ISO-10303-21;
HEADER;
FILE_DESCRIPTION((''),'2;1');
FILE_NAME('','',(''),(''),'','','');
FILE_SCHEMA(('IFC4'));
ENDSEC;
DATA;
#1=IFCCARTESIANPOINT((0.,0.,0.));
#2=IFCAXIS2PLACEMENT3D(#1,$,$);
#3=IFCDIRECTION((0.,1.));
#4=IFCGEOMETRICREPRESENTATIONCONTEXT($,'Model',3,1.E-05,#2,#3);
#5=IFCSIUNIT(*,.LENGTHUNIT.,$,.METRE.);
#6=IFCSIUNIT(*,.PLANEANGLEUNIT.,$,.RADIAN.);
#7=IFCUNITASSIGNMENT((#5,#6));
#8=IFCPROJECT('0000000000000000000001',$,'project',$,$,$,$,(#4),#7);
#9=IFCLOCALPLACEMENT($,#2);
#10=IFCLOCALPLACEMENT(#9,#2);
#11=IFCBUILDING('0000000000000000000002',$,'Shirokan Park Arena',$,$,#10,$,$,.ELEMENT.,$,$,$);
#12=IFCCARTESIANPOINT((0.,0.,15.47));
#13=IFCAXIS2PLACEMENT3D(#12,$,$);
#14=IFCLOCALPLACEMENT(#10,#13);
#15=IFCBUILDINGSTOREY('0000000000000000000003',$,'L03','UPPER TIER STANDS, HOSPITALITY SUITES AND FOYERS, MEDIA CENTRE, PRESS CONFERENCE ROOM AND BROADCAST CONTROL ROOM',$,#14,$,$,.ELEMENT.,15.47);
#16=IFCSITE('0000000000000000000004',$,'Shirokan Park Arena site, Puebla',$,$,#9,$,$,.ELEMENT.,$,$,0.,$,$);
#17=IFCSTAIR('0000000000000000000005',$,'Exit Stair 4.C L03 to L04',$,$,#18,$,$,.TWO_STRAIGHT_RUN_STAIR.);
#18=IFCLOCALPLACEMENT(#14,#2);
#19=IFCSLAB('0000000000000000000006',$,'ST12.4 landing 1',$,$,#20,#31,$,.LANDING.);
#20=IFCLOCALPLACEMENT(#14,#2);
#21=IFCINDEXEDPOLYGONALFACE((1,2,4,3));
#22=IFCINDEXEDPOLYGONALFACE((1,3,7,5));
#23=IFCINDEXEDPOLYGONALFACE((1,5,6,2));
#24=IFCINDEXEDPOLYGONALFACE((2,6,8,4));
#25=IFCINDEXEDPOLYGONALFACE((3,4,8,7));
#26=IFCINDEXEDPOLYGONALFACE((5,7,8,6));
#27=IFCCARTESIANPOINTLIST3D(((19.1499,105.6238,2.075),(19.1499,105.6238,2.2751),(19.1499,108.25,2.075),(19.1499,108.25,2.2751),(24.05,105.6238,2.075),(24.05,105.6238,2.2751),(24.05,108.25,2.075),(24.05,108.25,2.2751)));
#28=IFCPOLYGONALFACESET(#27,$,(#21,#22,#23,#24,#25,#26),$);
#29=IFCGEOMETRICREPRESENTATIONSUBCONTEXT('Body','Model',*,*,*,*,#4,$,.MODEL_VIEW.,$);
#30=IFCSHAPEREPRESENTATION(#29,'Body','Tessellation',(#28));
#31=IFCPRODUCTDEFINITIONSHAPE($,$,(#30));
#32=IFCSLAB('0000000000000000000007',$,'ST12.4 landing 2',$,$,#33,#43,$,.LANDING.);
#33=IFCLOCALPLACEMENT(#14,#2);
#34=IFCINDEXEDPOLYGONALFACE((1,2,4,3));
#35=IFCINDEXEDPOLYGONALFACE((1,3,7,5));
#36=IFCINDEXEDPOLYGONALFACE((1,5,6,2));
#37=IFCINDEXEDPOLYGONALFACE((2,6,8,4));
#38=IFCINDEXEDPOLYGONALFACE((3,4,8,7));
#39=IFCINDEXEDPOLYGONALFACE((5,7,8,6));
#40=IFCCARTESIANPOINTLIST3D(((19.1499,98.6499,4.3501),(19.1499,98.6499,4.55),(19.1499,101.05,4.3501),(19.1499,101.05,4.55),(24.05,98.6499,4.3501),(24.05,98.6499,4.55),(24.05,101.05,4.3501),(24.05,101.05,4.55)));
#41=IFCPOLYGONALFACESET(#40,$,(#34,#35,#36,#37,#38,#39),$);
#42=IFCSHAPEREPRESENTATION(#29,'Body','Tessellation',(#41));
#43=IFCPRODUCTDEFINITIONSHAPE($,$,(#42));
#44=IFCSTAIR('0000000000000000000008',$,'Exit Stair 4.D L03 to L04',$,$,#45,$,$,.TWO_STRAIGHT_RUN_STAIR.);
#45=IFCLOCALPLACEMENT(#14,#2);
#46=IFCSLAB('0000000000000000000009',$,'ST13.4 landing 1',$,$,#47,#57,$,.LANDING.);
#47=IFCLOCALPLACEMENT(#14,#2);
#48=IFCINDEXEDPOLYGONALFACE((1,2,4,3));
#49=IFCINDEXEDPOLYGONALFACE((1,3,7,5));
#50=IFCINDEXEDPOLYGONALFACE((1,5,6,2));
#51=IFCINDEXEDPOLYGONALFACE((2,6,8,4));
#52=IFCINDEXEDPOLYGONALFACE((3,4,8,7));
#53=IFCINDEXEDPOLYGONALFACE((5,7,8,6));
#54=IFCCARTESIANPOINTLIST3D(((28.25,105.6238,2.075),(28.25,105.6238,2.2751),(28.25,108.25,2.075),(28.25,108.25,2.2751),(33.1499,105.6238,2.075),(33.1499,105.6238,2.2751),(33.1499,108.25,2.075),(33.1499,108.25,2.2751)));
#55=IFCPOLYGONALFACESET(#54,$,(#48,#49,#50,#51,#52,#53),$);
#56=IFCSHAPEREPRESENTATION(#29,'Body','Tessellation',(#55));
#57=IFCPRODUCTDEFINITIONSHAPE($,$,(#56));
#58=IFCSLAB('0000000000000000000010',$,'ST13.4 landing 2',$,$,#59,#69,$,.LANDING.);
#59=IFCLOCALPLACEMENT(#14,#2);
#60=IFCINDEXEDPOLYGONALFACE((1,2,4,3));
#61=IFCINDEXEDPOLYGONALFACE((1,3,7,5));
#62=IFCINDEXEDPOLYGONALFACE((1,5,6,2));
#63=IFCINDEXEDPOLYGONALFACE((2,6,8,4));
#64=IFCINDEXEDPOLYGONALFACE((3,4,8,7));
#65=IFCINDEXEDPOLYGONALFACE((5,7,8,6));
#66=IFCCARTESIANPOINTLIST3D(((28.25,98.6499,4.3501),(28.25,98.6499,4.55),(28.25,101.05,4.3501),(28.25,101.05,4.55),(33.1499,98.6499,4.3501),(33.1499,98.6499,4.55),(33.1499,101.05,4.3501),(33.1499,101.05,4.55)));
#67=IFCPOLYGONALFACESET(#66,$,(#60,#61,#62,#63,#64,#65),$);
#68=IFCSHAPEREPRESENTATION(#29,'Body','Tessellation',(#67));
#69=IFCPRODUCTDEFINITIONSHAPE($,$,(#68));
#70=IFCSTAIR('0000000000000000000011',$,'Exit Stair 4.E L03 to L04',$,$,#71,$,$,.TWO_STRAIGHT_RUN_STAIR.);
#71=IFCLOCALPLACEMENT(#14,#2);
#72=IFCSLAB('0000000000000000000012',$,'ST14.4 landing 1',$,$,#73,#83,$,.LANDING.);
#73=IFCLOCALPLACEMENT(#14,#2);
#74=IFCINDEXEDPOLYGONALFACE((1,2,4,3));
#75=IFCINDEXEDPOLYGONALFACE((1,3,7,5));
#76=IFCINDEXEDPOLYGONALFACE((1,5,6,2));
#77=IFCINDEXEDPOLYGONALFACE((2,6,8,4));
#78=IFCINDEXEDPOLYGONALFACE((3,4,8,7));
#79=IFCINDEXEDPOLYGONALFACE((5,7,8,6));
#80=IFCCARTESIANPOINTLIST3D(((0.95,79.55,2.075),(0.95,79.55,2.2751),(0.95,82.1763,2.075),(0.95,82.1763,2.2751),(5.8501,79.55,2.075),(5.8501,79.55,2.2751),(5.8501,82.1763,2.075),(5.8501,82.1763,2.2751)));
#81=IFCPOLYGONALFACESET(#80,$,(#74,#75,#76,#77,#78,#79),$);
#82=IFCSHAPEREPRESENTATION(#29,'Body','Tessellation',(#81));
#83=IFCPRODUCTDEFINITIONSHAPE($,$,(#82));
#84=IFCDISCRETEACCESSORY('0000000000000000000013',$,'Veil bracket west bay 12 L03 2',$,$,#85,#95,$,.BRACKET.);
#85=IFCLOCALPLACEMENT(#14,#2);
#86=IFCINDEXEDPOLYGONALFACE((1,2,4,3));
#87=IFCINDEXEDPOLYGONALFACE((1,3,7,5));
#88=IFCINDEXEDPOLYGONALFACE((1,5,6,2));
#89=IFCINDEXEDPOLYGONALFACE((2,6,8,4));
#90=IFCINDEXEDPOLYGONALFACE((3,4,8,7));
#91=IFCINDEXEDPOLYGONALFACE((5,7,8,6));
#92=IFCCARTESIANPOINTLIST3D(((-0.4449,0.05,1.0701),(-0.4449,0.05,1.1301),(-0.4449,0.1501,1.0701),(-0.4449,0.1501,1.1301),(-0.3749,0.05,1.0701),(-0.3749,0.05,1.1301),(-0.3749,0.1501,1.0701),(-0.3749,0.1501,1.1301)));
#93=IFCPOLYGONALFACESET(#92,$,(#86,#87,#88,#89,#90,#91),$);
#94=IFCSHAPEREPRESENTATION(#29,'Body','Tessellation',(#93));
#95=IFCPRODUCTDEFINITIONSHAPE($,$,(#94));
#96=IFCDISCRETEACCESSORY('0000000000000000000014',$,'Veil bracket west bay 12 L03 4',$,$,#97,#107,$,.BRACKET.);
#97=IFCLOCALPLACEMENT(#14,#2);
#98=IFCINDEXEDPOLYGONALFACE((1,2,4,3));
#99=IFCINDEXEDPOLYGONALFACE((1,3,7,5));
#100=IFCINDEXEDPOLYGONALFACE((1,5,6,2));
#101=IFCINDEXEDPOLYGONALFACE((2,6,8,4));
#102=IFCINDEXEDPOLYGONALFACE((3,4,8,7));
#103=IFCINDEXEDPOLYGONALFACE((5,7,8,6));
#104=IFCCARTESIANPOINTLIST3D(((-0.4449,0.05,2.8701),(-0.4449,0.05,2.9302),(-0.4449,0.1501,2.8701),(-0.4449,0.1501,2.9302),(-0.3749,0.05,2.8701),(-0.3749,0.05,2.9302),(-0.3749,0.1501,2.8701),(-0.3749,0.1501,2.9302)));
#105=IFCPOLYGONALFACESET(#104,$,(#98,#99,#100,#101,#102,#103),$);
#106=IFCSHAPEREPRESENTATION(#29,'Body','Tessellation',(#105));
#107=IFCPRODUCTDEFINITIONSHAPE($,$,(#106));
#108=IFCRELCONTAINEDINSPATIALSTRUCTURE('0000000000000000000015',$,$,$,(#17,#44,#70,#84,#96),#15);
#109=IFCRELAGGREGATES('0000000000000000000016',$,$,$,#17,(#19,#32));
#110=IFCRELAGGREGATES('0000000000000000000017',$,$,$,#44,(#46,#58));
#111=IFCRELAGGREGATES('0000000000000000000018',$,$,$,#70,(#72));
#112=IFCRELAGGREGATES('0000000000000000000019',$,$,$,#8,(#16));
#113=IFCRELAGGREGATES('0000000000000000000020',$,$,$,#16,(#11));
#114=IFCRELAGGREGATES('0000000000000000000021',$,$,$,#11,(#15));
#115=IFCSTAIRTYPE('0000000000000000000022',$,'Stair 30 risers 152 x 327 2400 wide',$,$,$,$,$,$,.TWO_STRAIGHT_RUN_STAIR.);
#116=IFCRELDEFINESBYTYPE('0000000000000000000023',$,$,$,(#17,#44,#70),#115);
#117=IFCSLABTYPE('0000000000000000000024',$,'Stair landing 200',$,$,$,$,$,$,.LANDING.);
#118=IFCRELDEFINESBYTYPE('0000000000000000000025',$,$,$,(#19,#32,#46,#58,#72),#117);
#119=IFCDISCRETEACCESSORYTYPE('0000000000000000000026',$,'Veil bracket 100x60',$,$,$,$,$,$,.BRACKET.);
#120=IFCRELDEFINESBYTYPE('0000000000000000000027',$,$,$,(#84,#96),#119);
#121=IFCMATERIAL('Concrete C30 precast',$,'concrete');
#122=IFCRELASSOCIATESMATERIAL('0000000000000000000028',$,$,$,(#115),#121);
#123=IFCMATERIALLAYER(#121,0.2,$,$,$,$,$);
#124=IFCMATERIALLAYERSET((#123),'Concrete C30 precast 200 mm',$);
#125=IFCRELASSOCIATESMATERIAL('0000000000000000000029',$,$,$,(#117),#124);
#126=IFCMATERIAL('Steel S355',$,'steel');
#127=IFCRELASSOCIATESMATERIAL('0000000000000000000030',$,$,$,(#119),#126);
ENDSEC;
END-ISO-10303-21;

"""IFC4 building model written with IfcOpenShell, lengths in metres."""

from ifc_helpers import new_model, si_unit, direction, frame, origin, origin_2d, place, context, subcontext, project, spatial, polyline, rectangle, outline, extrude, material, layer, layer_set, type_object, element, aggregate, save


model = new_model("IFC4")

# Units and contexts
model_context = context("Model", 3, precision=1e-05, world=origin(), true_north=direction((0.0, 1.0)))
body_context = subcontext(model_context, "Body", "Model", "MODEL_VIEW")
ifc_project = project(units=[si_unit("LENGTHUNIT", "METRE"), si_unit("PLANEANGLEUNIT", "RADIAN")], contexts=[model_context])

# Site, building, storey
site_placement = place(None, origin())
site = spatial("IfcSite", under=ifc_project, at=site_placement, Name="Shirokan Park Arena site, Puebla", CompositionType="ELEMENT", RefElevation=0.0)
building_placement = place(site_placement, origin())
building = spatial("IfcBuilding", under=site, at=building_placement, Name="Shirokan Park Arena", CompositionType="ELEMENT")
storey_placement = place(building_placement, frame((0.0, 0.0, 15.47)))
storey = spatial("IfcBuildingStorey", under=building, at=storey_placement, Name="L03", Description="UPPER TIER STANDS, HOSPITALITY SUITES AND FOYERS, MEDIA CENTRE, PRESS CONFERENCE ROOM AND BROADCAST CONTROL ROOM", CompositionType="ELEMENT", Elevation=15.47)

# Shared definitions
ifc_material_1 = material(Name="Concrete C30 precast", Category="concrete")
stair_type = type_object("IfcStairType", Name="Stair 30 risers 152 x 327 2400 wide", PredefinedType="TWO_STRAIGHT_RUN_STAIR", material=ifc_material_1)
ifc_layer = layer(ifc_material_1, 0.2)
ifc_layer_set = layer_set([ifc_layer], Name="Concrete C30 precast 200 mm")
slab_type = type_object("IfcSlabType", Name="Stair landing 200", PredefinedType="LANDING", material=ifc_layer_set)

# Stairs, slabs
stair_1_placement = place(storey_placement, origin())
stair_1 = element("IfcStair", 1, at=stair_1_placement, inside=storey, type_object=stair_type, Name="Exit Stair 4.C L03 to L04", PredefinedType="TWO_STRAIGHT_RUN_STAIR")
slab_1_placement = place(storey_placement, frame((0.0, 0.0, 2.075)))
slab_1 = element("IfcSlab", 2, at=slab_1_placement, type_object=slab_type, Name="ST12.4 landing 1", PredefinedType="LANDING", context=body_context, shape_type="SweptSolid", body=[
    extrude(outline(polyline([(19.1499, 105.6238), (24.05, 105.6238), (24.05, 108.25), (19.1499, 108.25), (19.1499, 105.6238)])), origin(), (0.0, 0.0, 1.0), 0.2002),
])
slab_2_placement = place(storey_placement, frame((0.0, 0.0, 4.3501)))
slab_2 = element("IfcSlab", 3, at=slab_2_placement, type_object=slab_type, Name="ST12.4 landing 2", PredefinedType="LANDING", context=body_context, shape_type="SweptSolid", body=[
    extrude(outline(polyline([(19.1499, 98.6499), (24.05, 98.6499), (24.05, 101.05), (19.1499, 101.05), (19.1499, 98.6499)])), origin(), (0.0, 0.0, 1.0), 0.2),
])
aggregate(stair_1, [slab_1, slab_2])
stair_2_placement = place(storey_placement, origin())
stair_2 = element("IfcStair", 4, at=stair_2_placement, inside=storey, type_object=stair_type, Name="Exit Stair 4.D L03 to L04", PredefinedType="TWO_STRAIGHT_RUN_STAIR")
slab_3_placement = place(storey_placement, frame((0.0, 0.0, 2.075)))
slab_3 = element("IfcSlab", 5, at=slab_3_placement, type_object=slab_type, Name="ST13.4 landing 1", PredefinedType="LANDING", context=body_context, shape_type="SweptSolid", body=[
    extrude(outline(polyline([(28.25, 105.6238), (33.1499, 105.6238), (33.1499, 108.25), (28.25, 108.25), (28.25, 105.6238)])), origin(), (0.0, 0.0, 1.0), 0.2002),
])
slab_4_placement = place(storey_placement, frame((0.0, 0.0, 4.3501)))
slab_4 = element("IfcSlab", 6, at=slab_4_placement, type_object=slab_type, Name="ST13.4 landing 2", PredefinedType="LANDING", context=body_context, shape_type="SweptSolid", body=[
    extrude(outline(polyline([(28.25, 98.6499), (33.1499, 98.6499), (33.1499, 101.05), (28.25, 101.05), (28.25, 98.6499)])), origin(), (0.0, 0.0, 1.0), 0.2),
])
aggregate(stair_2, [slab_3, slab_4])

# Stair, slab
stair_3_placement = place(storey_placement, origin())
stair_3 = element("IfcStair", 7, at=stair_3_placement, inside=storey, type_object=stair_type, Name="Exit Stair 4.E L03 to L04", PredefinedType="TWO_STRAIGHT_RUN_STAIR")
slab_5_placement = place(storey_placement, frame((0.0, 0.0, 2.075)))
slab_5 = element("IfcSlab", 8, at=slab_5_placement, type_object=slab_type, Name="ST14.4 landing 1", PredefinedType="LANDING", context=body_context, shape_type="SweptSolid", body=[
    extrude(outline(polyline([(0.95, 79.55), (5.8501, 79.55), (5.8501, 82.1763), (0.95, 82.1763), (0.95, 79.55)])), origin(), (0.0, 0.0, 1.0), 0.2002),
])
aggregate(stair_3, [slab_5])

# Discrete accessories
ifc_material_2 = material(Name="Steel S355", Category="steel")
discrete_accessory_type = type_object("IfcDiscreteAccessoryType", Name="Veil bracket 100x60", PredefinedType="BRACKET", material=ifc_material_2)
for number, where, z_axis, x_axis, name in (
    (9, (-0.4099, 0.1001, 1.0701), (0.0, 0.0, 1.0), (0.0, -1.0, 0.0), "Veil bracket west bay 12 L03 2"),
    (10, (-0.4099, 0.1001, 2.8701), (0.0, 0.0, 1.0), (0.0, -1.0, 0.0), "Veil bracket west bay 12 L03 4"),
):
    element("IfcDiscreteAccessory", number, at=place(storey_placement, frame(where, z_axis=z_axis, x_axis=x_axis)), inside=storey, type_object=discrete_accessory_type, Name=name, PredefinedType="BRACKET", context=body_context, shape_type="SweptSolid", body=[
        extrude(rectangle(XDim=0.1001, YDim=0.0701, at=origin_2d()), origin(), (0.0, 0.0, 1.0), 0.0601),
    ])

save(model, "model.ifc")
